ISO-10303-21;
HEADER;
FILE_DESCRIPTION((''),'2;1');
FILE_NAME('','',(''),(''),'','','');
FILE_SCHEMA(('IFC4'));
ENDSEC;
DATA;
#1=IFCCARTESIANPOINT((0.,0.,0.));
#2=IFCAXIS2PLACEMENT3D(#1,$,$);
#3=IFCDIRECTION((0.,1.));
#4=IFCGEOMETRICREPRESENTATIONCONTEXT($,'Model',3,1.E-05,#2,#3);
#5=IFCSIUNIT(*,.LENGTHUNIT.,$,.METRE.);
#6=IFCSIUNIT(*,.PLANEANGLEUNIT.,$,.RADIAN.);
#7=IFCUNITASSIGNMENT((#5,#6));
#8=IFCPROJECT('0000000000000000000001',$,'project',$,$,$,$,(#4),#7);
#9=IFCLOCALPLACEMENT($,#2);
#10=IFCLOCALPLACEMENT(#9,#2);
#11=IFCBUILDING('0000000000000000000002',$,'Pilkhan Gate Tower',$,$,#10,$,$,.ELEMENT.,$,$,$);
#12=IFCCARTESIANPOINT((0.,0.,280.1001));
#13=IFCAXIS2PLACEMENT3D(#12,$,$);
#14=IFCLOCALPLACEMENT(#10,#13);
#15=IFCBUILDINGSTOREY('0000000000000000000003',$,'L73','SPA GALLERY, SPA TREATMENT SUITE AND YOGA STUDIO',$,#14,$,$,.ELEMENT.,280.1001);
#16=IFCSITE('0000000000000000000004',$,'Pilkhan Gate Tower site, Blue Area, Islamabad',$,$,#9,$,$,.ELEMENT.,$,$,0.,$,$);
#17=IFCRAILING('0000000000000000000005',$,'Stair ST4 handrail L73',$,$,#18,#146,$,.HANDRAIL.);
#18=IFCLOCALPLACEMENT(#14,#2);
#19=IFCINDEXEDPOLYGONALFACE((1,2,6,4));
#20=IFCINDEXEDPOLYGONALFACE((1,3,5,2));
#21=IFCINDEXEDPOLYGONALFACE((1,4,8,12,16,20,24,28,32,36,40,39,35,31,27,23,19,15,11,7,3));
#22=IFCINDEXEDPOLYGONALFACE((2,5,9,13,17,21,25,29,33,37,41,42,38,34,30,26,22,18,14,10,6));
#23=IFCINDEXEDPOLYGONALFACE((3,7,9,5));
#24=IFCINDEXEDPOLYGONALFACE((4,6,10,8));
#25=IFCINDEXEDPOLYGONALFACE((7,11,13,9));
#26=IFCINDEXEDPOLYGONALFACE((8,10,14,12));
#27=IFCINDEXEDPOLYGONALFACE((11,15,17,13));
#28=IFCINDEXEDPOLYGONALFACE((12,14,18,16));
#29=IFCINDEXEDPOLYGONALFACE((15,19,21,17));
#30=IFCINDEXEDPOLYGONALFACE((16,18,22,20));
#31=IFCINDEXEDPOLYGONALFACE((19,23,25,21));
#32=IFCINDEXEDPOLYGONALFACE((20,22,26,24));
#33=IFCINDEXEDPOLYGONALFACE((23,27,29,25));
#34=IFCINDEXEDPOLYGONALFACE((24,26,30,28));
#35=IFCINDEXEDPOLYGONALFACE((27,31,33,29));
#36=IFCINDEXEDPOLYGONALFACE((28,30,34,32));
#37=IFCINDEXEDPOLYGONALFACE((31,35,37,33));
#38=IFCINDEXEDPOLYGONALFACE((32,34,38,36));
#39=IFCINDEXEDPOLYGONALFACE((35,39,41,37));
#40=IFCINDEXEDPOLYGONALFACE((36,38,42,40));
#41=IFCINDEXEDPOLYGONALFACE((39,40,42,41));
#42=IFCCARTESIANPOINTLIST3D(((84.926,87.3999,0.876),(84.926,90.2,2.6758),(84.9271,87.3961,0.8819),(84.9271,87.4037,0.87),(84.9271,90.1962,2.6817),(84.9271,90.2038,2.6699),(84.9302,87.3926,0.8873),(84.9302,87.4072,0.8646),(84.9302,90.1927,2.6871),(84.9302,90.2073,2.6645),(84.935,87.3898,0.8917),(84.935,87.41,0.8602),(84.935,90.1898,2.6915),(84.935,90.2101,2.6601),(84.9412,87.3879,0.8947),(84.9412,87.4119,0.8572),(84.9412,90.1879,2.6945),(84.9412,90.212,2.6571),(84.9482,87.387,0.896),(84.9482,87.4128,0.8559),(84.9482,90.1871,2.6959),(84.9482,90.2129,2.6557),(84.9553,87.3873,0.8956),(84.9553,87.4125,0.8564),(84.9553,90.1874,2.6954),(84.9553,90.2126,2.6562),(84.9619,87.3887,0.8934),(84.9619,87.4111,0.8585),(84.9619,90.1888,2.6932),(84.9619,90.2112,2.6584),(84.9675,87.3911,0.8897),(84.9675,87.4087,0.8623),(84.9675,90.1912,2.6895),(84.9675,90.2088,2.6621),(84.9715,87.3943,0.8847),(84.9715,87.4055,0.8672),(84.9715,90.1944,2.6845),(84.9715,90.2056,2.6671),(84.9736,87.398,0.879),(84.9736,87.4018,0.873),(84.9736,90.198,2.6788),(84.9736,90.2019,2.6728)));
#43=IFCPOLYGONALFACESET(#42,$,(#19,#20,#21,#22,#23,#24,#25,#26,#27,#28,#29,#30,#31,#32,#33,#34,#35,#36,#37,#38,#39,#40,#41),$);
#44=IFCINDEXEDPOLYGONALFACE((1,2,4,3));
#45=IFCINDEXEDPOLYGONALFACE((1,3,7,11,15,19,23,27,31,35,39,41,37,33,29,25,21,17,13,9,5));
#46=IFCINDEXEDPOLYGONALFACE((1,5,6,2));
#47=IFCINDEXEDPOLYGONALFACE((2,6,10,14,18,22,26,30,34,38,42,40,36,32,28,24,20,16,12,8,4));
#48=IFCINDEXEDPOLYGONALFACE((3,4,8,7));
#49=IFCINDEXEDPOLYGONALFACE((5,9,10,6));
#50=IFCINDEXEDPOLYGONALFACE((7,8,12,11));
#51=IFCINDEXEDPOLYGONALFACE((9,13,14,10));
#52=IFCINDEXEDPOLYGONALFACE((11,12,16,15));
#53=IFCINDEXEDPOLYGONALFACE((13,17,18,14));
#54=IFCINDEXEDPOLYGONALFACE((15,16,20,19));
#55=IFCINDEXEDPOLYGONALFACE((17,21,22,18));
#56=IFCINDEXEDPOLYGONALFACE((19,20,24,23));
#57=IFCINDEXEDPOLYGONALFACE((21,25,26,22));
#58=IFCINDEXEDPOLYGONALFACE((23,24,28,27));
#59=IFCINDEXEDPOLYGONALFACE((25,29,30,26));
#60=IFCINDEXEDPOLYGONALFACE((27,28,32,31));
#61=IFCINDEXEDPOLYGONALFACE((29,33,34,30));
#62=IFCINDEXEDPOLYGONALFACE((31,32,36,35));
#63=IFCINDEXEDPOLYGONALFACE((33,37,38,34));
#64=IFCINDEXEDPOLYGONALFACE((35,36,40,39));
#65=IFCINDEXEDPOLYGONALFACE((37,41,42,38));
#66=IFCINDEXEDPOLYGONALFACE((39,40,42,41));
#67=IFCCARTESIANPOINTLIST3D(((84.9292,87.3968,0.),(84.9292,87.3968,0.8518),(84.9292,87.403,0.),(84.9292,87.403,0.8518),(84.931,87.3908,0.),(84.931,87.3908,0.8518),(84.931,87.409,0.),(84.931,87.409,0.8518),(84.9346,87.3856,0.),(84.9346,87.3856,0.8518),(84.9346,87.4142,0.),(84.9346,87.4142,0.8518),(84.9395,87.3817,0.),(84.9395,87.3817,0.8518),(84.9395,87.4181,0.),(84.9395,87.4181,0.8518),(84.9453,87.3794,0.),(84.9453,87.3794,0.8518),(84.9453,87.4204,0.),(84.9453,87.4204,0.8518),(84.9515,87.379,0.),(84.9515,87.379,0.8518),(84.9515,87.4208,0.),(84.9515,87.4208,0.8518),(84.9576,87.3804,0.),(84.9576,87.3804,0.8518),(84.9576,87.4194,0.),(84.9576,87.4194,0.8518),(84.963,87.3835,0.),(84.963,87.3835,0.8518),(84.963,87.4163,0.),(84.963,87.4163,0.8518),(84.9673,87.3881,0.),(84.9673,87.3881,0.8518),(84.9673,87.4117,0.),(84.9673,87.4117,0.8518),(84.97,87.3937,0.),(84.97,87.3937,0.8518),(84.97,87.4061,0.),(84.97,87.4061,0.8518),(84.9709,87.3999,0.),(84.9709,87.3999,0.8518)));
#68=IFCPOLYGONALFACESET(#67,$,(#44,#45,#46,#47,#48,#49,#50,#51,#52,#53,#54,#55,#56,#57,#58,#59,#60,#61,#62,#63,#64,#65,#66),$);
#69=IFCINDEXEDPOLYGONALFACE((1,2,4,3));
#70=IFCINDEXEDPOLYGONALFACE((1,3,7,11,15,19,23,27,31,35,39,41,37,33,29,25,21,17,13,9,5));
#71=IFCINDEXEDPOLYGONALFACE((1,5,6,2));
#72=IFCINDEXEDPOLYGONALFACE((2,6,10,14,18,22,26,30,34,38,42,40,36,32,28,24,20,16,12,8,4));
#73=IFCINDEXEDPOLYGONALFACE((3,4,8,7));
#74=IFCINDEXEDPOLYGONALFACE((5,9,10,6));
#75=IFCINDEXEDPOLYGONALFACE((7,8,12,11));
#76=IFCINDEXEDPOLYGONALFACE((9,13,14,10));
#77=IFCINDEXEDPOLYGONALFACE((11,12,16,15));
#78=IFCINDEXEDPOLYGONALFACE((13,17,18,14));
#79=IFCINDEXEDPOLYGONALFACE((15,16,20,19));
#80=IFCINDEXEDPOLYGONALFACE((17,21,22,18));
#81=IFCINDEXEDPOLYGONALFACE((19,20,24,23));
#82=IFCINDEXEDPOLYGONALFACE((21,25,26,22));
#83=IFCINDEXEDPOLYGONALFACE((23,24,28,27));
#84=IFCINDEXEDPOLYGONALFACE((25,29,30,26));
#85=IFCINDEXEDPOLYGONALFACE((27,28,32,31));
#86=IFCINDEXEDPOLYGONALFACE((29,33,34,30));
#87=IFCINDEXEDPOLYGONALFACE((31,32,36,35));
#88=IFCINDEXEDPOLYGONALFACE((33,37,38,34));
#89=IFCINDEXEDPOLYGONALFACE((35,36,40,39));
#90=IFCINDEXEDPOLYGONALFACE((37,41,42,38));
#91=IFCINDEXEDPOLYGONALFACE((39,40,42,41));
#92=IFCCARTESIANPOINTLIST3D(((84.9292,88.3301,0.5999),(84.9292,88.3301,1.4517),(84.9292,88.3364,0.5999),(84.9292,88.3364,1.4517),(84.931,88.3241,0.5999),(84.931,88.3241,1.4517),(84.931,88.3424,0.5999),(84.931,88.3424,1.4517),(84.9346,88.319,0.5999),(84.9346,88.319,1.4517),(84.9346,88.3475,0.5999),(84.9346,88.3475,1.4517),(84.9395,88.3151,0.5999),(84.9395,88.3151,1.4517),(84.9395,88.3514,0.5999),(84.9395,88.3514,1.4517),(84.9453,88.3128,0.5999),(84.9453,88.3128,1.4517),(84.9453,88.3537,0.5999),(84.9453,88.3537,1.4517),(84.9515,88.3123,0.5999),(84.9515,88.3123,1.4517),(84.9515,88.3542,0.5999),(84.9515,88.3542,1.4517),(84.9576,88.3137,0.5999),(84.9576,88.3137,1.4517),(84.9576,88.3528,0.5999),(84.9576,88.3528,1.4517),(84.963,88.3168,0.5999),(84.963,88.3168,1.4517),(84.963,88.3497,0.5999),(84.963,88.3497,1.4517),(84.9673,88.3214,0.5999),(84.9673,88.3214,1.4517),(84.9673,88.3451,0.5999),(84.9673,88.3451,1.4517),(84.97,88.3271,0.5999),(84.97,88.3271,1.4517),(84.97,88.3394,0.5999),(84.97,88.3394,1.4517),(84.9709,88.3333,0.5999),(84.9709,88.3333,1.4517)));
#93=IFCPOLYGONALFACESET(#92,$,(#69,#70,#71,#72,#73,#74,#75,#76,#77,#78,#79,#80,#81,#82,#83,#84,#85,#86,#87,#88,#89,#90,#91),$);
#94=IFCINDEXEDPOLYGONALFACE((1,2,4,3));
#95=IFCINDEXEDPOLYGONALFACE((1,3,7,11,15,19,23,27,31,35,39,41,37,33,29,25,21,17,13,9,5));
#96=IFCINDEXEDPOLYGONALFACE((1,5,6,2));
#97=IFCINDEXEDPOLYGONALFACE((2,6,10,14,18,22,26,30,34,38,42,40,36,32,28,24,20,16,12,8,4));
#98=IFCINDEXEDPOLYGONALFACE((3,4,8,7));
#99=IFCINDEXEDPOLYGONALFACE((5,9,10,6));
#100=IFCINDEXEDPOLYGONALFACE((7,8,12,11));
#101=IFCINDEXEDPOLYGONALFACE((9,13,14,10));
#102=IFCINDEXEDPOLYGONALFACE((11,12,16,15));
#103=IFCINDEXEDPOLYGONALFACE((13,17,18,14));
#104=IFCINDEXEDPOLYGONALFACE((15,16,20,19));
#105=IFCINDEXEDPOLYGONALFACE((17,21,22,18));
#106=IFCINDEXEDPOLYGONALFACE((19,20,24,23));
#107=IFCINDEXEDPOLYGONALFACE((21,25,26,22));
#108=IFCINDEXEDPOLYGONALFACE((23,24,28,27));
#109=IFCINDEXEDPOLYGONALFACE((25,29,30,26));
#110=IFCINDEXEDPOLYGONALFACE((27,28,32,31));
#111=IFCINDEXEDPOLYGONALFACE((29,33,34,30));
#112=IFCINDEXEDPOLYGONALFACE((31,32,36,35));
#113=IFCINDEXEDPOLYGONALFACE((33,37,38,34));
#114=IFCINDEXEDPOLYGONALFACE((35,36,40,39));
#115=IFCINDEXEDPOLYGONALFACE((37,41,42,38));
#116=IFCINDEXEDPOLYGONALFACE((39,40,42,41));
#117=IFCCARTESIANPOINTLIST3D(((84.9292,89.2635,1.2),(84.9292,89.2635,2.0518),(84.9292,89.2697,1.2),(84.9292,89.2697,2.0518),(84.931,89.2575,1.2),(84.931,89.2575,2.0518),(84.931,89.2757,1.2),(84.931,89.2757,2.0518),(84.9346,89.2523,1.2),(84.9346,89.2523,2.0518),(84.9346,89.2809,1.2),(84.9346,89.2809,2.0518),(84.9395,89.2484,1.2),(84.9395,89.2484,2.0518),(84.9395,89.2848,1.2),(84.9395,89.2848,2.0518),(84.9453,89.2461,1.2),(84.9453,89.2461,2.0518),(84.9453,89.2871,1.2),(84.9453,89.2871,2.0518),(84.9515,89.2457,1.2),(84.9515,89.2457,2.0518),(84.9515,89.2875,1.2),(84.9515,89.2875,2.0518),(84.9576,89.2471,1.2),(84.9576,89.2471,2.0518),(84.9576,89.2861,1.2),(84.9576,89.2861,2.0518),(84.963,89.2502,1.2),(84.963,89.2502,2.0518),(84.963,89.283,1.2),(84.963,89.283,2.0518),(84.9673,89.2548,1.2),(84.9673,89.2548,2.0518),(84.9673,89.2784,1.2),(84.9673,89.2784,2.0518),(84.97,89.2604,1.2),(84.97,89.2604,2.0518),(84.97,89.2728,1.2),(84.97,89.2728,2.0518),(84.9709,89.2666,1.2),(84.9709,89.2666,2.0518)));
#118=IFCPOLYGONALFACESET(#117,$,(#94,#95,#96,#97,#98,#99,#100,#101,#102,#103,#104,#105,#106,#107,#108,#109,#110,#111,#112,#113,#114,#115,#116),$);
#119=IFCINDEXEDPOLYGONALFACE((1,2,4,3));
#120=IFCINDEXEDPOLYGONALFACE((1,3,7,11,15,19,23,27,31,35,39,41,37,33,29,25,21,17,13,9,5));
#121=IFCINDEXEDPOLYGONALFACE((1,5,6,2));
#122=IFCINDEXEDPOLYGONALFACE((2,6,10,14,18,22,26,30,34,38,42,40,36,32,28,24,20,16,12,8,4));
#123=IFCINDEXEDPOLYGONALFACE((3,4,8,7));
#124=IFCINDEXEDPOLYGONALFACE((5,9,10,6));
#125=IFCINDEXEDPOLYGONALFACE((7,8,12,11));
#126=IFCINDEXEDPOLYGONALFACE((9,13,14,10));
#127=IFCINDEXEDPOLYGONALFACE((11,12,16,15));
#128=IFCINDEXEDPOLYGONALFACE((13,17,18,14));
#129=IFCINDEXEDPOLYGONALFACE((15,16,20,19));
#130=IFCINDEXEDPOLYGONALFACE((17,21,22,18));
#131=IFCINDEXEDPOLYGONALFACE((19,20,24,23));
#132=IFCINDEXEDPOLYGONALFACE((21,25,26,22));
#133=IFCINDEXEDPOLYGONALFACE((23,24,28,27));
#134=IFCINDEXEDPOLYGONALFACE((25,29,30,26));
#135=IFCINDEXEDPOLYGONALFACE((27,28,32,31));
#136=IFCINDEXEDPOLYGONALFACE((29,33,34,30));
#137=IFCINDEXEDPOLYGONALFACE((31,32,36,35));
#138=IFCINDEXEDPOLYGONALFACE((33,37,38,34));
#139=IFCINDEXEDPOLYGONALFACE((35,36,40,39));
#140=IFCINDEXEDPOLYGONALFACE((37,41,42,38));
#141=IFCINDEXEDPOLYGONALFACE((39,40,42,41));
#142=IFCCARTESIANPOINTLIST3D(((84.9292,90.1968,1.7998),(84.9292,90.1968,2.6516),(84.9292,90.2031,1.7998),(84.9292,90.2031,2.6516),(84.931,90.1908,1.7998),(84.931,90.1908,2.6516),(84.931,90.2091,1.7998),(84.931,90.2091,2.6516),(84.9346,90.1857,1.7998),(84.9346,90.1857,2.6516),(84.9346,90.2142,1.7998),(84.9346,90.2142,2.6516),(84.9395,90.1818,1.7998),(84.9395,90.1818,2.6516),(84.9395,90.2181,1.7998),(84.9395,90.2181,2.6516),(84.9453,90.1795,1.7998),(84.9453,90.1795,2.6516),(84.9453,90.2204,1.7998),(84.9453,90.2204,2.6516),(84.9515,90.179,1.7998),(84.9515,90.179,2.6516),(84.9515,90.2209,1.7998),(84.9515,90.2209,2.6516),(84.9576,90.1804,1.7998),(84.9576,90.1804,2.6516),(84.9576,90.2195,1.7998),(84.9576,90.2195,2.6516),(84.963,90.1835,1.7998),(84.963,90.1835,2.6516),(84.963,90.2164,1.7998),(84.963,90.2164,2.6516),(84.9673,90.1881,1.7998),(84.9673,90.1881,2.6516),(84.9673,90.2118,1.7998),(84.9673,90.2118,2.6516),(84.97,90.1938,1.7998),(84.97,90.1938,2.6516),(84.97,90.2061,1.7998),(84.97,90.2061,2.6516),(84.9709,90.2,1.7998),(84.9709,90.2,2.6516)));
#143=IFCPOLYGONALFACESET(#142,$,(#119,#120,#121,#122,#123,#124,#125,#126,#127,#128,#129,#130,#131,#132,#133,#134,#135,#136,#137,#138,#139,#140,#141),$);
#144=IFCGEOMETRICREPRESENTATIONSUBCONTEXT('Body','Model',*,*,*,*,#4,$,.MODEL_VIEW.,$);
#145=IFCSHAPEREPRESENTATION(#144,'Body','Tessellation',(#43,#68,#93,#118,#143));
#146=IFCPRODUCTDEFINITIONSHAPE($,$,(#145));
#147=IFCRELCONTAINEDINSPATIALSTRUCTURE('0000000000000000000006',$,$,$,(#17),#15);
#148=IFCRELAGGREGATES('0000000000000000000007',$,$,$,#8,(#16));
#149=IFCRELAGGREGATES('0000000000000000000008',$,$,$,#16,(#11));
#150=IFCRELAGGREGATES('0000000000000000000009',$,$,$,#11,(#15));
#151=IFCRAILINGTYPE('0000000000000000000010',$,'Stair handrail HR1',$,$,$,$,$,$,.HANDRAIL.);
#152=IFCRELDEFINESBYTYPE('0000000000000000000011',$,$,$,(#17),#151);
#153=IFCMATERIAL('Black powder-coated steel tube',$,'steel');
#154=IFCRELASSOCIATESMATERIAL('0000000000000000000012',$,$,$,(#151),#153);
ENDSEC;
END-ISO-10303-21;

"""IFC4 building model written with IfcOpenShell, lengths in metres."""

from ifc_helpers import new_model, si_unit, direction, frame, origin, origin_2d, place, context, subcontext, project, spatial, circle, extrude, material, type_object, element, save


model = new_model("IFC4")

# Units and contexts
model_context = context("Model", 3, precision=1e-05, world=origin(), true_north=direction((0.0, 1.0)))
body_context = subcontext(model_context, "Body", "Model", "MODEL_VIEW")
ifc_project = project(units=[si_unit("LENGTHUNIT", "METRE"), si_unit("PLANEANGLEUNIT", "RADIAN")], contexts=[model_context])

# Site, building, storey
site_placement = place(None, origin())
site = spatial("IfcSite", under=ifc_project, at=site_placement, Name="Pilkhan Gate Tower site, Blue Area, Islamabad", CompositionType="ELEMENT", RefElevation=0.0)
building_placement = place(site_placement, origin())
building = spatial("IfcBuilding", under=site, at=building_placement, Name="Pilkhan Gate Tower", CompositionType="ELEMENT")
storey_placement = place(building_placement, frame((0.0, 0.0, 280.1001)))
storey = spatial("IfcBuildingStorey", under=building, at=storey_placement, Name="L73", Description="SPA GALLERY, SPA TREATMENT SUITE AND YOGA STUDIO", CompositionType="ELEMENT", Elevation=280.1001)

# Railing
ifc_material_1 = material(Name="Black powder-coated steel tube", Category="steel")
railing_type_1 = type_object("IfcRailingType", Name="Stair handrail HR1", PredefinedType="HANDRAIL", material=ifc_material_1)
railing_1_placement = place(storey_placement, frame((84.95, 87.3999, 0.0)))
element("IfcRailing", 1, at=railing_1_placement, inside=storey, type_object=railing_type_1, Name="Stair ST4 handrail L73", PredefinedType="HANDRAIL", context=body_context, shape_type="SweptSolid", body=[
    extrude(circle(Radius=0.0239, at=origin_2d()), frame((0.0, 0.0, 0.876), z_axis=(0.0, 0.841209, 0.540709), x_axis=(-1.0, 0.0, 0.0)), (0.0, 0.0, 1.0), 3.3286),
    extrude(circle(Radius=0.021, at=origin_2d()), origin(), (0.0, 0.0, 1.0), 0.8518),
    extrude(circle(Radius=0.021, at=origin_2d()), frame((0.0, 0.9333, 0.5999)), (0.0, 0.0, 1.0), 0.8518),
    extrude(circle(Radius=0.021, at=origin_2d()), frame((0.0, 1.8667, 1.2)), (0.0, 0.0, 1.0), 0.8518),
    extrude(circle(Radius=0.021, at=origin_2d()), frame((0.0, 2.8, 1.7998)), (0.0, 0.0, 1.0), 0.8518),
])

save(model, "model.ifc")
